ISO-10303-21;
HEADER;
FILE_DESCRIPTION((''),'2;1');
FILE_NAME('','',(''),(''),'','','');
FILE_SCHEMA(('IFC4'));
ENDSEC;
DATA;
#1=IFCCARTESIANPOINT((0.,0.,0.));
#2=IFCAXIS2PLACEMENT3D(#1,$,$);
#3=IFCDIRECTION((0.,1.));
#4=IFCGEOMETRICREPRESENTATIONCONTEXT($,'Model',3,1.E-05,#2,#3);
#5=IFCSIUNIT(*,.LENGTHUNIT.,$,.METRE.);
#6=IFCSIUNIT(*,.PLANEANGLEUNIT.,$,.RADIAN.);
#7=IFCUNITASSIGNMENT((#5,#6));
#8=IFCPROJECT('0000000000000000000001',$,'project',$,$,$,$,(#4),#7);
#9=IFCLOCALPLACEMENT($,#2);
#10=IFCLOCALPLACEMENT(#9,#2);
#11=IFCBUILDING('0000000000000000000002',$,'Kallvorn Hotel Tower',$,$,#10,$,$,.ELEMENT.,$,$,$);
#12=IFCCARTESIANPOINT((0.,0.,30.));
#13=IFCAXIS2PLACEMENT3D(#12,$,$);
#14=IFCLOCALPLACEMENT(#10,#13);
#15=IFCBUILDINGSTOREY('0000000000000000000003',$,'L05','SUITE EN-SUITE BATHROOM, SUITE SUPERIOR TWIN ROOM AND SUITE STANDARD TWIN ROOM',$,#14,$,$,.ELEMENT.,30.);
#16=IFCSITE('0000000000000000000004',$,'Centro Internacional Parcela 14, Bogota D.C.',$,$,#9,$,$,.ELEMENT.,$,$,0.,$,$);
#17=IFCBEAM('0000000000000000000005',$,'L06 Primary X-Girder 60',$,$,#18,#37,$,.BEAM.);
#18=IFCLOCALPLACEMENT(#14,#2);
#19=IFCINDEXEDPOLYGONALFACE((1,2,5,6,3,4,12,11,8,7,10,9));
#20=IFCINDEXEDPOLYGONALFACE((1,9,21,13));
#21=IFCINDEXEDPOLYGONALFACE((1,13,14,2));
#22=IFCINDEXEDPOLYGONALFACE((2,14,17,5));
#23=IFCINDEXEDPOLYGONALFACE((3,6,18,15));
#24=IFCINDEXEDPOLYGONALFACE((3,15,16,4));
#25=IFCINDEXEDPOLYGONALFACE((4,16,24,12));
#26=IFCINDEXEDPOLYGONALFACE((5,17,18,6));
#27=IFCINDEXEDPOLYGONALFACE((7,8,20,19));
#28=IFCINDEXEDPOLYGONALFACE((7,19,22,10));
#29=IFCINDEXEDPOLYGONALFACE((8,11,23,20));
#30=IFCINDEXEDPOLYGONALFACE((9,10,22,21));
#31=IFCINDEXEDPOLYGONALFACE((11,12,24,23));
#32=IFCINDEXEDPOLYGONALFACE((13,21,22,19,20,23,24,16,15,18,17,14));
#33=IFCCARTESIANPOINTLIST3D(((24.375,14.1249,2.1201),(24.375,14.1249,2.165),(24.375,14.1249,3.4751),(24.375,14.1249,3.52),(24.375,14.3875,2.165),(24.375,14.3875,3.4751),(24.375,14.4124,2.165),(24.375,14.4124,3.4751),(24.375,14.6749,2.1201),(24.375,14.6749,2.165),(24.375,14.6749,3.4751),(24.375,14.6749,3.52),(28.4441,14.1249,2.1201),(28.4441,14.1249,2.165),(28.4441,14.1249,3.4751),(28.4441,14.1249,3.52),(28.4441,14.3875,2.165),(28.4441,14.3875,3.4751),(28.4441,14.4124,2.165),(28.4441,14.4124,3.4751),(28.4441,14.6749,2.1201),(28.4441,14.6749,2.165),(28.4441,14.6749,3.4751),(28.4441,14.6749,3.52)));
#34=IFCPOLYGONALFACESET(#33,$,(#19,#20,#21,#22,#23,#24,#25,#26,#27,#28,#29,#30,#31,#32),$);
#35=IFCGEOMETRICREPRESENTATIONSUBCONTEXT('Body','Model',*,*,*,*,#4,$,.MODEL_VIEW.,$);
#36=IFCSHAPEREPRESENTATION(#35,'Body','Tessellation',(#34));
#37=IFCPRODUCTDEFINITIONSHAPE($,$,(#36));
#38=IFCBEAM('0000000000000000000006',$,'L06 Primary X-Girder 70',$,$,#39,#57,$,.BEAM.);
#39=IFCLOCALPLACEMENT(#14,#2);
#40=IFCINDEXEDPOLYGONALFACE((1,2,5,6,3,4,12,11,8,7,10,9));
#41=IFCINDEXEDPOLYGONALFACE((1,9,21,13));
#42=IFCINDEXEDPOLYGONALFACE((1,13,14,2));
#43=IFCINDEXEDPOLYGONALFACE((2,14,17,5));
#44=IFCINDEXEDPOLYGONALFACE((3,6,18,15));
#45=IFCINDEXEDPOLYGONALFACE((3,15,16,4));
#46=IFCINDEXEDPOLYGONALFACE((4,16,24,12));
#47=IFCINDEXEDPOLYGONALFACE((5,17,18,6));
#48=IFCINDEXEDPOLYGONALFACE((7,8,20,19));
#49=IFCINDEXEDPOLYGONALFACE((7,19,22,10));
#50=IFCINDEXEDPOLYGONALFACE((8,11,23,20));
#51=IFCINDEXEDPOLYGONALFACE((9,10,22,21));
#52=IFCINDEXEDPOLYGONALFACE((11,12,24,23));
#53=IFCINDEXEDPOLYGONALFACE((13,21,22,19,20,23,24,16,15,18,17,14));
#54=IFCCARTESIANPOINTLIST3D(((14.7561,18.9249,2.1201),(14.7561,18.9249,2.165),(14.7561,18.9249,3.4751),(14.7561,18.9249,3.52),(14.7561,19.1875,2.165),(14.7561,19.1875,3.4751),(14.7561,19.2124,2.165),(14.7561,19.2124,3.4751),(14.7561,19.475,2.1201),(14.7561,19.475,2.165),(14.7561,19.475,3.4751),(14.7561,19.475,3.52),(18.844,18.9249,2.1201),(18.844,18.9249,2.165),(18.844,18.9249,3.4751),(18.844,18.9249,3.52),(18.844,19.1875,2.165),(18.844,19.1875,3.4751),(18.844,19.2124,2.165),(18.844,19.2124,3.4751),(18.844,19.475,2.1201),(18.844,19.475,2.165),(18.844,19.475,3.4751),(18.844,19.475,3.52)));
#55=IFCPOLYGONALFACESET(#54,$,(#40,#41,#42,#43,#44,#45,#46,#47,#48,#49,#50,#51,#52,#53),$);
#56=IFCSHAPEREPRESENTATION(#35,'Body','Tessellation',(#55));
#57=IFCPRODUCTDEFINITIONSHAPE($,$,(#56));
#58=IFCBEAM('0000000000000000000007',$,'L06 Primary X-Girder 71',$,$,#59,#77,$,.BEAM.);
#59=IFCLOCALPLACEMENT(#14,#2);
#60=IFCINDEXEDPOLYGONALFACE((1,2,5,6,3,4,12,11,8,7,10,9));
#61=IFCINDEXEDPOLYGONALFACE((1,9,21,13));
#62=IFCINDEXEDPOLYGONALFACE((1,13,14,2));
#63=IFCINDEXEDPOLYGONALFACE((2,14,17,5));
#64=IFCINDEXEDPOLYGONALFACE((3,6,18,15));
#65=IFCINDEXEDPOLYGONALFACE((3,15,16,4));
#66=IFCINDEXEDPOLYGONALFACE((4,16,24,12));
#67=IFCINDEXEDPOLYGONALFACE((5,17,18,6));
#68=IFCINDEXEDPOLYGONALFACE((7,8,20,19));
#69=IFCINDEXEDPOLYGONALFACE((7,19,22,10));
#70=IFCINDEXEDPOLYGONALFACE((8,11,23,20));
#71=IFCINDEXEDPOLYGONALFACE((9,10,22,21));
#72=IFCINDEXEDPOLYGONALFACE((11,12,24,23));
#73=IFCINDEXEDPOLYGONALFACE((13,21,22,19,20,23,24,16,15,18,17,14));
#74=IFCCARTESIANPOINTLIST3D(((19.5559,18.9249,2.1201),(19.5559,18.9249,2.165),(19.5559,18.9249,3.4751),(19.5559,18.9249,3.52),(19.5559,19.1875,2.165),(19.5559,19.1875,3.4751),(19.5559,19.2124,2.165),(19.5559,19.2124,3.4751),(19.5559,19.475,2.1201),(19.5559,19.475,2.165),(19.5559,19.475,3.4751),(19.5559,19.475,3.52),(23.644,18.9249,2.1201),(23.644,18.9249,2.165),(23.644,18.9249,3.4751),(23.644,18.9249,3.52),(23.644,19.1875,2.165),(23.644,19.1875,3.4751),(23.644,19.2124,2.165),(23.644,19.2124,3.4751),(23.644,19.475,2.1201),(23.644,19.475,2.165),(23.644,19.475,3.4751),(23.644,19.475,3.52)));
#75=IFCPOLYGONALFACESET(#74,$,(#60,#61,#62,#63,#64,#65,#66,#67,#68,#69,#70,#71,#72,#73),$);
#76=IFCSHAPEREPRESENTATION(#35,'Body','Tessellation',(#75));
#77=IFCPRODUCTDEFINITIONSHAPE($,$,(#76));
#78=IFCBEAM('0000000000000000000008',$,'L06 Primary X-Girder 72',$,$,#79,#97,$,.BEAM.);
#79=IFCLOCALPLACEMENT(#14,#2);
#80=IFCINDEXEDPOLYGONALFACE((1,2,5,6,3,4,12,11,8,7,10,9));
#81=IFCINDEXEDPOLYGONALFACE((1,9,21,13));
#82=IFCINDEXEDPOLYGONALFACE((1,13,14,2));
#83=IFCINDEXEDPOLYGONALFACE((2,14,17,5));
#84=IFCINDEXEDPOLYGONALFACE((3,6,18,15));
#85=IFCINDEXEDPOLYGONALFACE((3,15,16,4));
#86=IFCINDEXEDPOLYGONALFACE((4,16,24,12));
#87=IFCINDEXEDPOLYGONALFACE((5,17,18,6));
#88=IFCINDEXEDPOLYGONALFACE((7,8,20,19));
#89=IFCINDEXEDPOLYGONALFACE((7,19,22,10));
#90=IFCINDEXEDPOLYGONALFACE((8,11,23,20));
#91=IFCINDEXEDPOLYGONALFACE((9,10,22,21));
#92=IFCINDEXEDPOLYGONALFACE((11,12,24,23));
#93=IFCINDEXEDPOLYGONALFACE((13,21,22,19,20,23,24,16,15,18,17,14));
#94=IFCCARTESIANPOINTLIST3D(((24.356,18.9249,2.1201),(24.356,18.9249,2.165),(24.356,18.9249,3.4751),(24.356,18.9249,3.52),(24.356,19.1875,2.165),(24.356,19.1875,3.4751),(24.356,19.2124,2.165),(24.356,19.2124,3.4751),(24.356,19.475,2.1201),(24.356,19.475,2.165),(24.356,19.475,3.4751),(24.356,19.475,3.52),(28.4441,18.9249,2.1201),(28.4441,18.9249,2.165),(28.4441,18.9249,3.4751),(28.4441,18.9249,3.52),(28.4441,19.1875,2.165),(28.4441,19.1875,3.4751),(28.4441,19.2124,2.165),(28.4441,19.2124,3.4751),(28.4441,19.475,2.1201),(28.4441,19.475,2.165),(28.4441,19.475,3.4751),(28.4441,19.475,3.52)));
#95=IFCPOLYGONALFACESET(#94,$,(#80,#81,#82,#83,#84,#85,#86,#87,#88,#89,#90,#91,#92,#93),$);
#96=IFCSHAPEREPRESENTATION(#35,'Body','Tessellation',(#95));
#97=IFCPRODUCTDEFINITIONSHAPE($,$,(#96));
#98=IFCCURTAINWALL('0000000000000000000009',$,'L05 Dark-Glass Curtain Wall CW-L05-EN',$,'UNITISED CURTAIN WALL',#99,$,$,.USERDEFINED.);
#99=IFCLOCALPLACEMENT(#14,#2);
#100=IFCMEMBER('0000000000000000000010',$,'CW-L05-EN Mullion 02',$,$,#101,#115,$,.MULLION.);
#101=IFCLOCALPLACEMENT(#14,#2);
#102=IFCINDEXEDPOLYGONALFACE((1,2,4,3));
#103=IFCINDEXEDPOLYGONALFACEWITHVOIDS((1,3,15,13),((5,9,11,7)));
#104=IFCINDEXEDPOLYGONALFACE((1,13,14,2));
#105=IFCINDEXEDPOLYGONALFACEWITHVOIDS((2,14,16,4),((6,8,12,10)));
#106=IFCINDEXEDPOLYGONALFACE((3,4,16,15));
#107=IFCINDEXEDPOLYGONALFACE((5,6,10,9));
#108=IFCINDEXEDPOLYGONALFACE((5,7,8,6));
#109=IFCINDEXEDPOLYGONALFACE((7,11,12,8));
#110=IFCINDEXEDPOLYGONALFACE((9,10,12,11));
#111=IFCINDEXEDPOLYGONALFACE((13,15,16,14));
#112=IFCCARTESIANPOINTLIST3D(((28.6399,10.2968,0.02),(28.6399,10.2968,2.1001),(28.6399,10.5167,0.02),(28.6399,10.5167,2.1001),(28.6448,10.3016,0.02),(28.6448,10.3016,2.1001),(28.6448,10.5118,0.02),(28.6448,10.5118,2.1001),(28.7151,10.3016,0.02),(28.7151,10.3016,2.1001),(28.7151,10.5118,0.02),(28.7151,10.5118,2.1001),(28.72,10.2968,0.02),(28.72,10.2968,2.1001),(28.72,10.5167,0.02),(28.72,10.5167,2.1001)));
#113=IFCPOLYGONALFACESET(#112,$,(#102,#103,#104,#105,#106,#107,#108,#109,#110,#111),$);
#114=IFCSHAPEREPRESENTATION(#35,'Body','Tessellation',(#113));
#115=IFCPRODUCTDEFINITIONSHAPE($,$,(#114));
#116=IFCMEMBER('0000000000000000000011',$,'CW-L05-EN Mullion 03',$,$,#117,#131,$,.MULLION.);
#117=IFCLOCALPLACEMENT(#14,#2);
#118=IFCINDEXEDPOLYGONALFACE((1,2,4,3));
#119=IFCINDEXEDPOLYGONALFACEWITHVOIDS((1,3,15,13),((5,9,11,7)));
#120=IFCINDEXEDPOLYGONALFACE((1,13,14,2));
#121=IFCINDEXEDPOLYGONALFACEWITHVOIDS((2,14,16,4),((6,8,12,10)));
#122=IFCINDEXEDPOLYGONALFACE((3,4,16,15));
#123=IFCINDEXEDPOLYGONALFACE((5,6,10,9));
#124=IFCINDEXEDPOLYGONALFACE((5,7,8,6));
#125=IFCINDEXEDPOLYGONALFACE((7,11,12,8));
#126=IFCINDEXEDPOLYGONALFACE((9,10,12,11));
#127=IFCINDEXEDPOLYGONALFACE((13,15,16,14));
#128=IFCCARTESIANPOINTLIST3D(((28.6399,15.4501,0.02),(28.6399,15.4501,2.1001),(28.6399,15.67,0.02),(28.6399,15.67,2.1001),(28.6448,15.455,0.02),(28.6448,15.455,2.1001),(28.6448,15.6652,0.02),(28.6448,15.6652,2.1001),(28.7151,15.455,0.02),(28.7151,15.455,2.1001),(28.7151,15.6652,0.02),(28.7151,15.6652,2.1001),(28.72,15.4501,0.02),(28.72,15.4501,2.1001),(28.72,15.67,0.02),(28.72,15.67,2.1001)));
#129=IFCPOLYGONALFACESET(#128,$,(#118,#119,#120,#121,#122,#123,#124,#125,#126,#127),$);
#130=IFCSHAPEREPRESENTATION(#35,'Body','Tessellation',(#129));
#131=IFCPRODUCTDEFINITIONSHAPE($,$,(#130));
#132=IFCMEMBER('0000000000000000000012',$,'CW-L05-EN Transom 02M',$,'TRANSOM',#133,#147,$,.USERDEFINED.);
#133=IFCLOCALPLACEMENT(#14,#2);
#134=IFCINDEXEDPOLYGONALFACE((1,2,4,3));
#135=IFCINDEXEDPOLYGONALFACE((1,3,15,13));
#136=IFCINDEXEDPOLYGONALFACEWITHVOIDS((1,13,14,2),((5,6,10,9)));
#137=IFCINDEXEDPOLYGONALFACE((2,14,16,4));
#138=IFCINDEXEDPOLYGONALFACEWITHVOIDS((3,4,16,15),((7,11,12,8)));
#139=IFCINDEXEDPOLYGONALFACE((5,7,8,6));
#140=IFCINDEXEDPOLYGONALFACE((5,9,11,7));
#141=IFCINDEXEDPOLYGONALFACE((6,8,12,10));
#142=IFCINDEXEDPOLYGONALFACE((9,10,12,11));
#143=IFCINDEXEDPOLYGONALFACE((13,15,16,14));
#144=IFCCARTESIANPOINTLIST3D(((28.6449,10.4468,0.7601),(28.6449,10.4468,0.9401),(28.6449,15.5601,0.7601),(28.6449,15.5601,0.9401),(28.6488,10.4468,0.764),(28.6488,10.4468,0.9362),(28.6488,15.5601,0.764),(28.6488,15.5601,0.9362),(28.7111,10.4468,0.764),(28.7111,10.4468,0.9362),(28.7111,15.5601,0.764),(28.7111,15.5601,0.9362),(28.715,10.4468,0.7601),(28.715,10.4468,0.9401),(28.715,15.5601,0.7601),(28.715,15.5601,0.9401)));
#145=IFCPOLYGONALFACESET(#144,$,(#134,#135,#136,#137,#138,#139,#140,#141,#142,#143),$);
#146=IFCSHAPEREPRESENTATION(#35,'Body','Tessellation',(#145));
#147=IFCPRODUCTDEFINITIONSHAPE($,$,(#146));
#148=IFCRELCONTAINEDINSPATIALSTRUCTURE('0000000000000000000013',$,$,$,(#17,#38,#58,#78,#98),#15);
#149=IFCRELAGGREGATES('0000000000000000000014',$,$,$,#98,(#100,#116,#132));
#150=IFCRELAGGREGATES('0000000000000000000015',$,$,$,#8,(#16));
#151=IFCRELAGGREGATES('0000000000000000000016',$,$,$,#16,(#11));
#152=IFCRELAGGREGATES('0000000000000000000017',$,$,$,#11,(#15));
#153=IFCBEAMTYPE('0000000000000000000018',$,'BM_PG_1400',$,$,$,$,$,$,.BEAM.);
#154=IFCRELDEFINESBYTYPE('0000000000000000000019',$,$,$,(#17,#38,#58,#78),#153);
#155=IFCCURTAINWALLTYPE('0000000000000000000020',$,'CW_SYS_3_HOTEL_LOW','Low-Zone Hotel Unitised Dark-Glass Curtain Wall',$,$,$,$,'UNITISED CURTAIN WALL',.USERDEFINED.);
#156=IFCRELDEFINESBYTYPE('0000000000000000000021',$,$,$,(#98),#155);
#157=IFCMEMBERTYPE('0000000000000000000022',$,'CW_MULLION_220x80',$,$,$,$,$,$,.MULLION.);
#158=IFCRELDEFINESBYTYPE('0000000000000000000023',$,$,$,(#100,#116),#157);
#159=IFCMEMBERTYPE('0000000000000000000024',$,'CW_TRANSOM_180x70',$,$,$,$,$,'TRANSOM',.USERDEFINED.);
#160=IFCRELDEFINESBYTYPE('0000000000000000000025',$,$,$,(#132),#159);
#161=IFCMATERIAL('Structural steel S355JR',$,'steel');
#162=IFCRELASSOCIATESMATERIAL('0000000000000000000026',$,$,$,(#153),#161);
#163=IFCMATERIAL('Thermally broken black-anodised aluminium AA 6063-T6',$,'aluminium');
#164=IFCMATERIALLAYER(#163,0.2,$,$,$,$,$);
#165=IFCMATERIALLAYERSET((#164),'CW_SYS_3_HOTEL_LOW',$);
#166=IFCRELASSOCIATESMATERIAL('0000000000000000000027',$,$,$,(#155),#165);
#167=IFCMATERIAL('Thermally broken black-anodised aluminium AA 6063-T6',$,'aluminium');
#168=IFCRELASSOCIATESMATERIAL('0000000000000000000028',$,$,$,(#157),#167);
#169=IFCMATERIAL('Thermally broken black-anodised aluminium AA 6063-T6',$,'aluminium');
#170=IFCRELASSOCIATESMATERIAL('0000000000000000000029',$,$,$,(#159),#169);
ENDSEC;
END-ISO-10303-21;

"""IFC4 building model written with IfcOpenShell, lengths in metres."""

from ifc_helpers import new_model, si_unit, direction, frame, origin, origin_2d, place, context, subcontext, project, spatial, hollow_rectangle, i_section, extrude, material, layer, layer_set, material_profile, profile_set, type_object, element, aggregate, save


model = new_model("IFC4")

# Units and contexts
model_context = context("Model", 3, precision=1e-05, world=origin(), true_north=direction((0.0, 1.0)))
body_context = subcontext(model_context, "Body", "Model", "MODEL_VIEW")
ifc_project = project(units=[si_unit("LENGTHUNIT", "METRE"), si_unit("PLANEANGLEUNIT", "RADIAN")], contexts=[model_context])

# Site, building, storey
site_placement = place(None, origin())
site = spatial("IfcSite", under=ifc_project, at=site_placement, Name="Centro Internacional Parcela 14, Bogota D.C.", CompositionType="ELEMENT", RefElevation=0.0)
building_placement = place(site_placement, origin())
building = spatial("IfcBuilding", under=site, at=building_placement, Name="Kallvorn Hotel Tower", CompositionType="ELEMENT")
storey_placement = place(building_placement, frame((0.0, 0.0, 30.0)))
storey = spatial("IfcBuildingStorey", under=building, at=storey_placement, Name="L05", Description="SUITE EN-SUITE BATHROOM, SUITE SUPERIOR TWIN ROOM AND SUITE STANDARD TWIN ROOM", CompositionType="ELEMENT", Elevation=30.0)

# Beams
ifc_material_1 = material(Name="Structural steel S355JR", Category="steel")
ifc_material_profile_1 = material_profile(ifc_material_1, i_section(OverallWidth=0.55, OverallDepth=1.3999, WebThickness=0.0249, FlangeThickness=0.0449, at=origin_2d()), Name="PG 1400x550x25x45")
ifc_profile_set_1 = profile_set([ifc_material_profile_1], Name="Structural steel S355JR")
beam_type_1 = type_object("IfcBeamType", Name="BM_PG_1400", PredefinedType="BEAM", material=ifc_profile_set_1)
for number, where, z_axis, x_axis, name in (
    (1, (24.375, 14.3999, 2.8201), (1.0, 0.0, 0.0), (0.0, 1.0, 0.0), "L06 Primary X-Girder 60"),
):
    element("IfcBeam", number, at=place(storey_placement, frame(where, z_axis=z_axis, x_axis=x_axis)), inside=storey, type_object=beam_type_1, Name=name, PredefinedType="BEAM", context=body_context, shape_type="SweptSolid", body=[
        extrude(i_section(OverallWidth=0.55, OverallDepth=1.3999, WebThickness=0.0249, FlangeThickness=0.0449, at=origin_2d()), origin(), (0.0, 0.0, 1.0), 4.0691),
    ])
beam_1_placement = place(storey_placement, frame((14.7561, 19.2, 2.8201), z_axis=(1.0, 0.0, 0.0), x_axis=(0.0, 1.0, 0.0)))
element("IfcBeam", 2, at=beam_1_placement, inside=storey, type_object=beam_type_1, Name="L06 Primary X-Girder 70", PredefinedType="BEAM", context=body_context, shape_type="SweptSolid", body=[
    extrude(i_section(OverallWidth=0.55, OverallDepth=1.3999, WebThickness=0.0249, FlangeThickness=0.0449, at=origin_2d()), origin(), (0.0, 0.0, 1.0), 4.0879),
])
for number, where, z_axis, x_axis, name in (
    (3, (19.5559, 19.2, 2.8201), (1.0, 0.0, 0.0), (0.0, 1.0, 0.0), "L06 Primary X-Girder 71"),
    (4, (24.356, 19.2, 2.8201), (1.0, 0.0, 0.0), (0.0, 1.0, 0.0), "L06 Primary X-Girder 72"),
):
    element("IfcBeam", number, at=place(storey_placement, frame(where, z_axis=z_axis, x_axis=x_axis)), inside=storey, type_object=beam_type_1, Name=name, PredefinedType="BEAM", context=body_context, shape_type="SweptSolid", body=[
        extrude(i_section(OverallWidth=0.55, OverallDepth=1.3999, WebThickness=0.0249, FlangeThickness=0.0449, at=origin_2d()), origin(), (0.0, 0.0, 1.0), 4.0881),
    ])

# Curtain wall, members
ifc_material_2 = material(Name="Thermally broken black-anodised aluminium AA 6063-T6", Category="aluminium")
ifc_layer_1 = layer(ifc_material_2, 0.2)
ifc_layer_set_1 = layer_set([ifc_layer_1], Name="CW_SYS_3_HOTEL_LOW")
curtain_wall_type = type_object("IfcCurtainWallType", Name="CW_SYS_3_HOTEL_LOW", Description="Low-Zone Hotel Unitised Dark-Glass Curtain Wall", ElementType="UNITISED CURTAIN WALL", PredefinedType="USERDEFINED", material=ifc_layer_set_1)
curtain_wall_placement = place(storey_placement, origin())
curtain_wall = element("IfcCurtainWall", 5, at=curtain_wall_placement, inside=storey, type_object=curtain_wall_type, Name="L05 Dark-Glass Curtain Wall CW-L05-EN", ObjectType="UNITISED CURTAIN WALL", PredefinedType="USERDEFINED")
ifc_material_3 = material(Name="Thermally broken black-anodised aluminium AA 6063-T6", Category="aluminium")
ifc_material_profile_2 = material_profile(ifc_material_3, hollow_rectangle(XDim=0.0801, YDim=0.22, WallThickness=0.0049, at=origin_2d()), Name="MUL 220x80")
ifc_profile_set_2 = profile_set([ifc_material_profile_2], Name="Thermally broken black-anodised aluminium AA 6063-T6")
member_type_1 = type_object("IfcMemberType", Name="CW_MULLION_220x80", PredefinedType="MULLION", material=ifc_profile_set_2)
member_1_placement = place(storey_placement, frame((28.6799, 10.4067, 0.02), z_axis=(0.0, 0.0, 1.0), x_axis=(1.0, 0.0, 0.0)))
member_1 = element("IfcMember", 6, at=member_1_placement, type_object=member_type_1, Name="CW-L05-EN Mullion 02", PredefinedType="MULLION", context=body_context, shape_type="SweptSolid", body=[
    extrude(hollow_rectangle(XDim=0.0801, YDim=0.22, WallThickness=0.0049, at=origin_2d()), origin(), (0.0, 0.0, 1.0), 2.0801),
])
member_2_placement = place(storey_placement, frame((28.6799, 15.5601, 0.02), z_axis=(0.0, 0.0, 1.0), x_axis=(1.0, 0.0, 0.0)))
member_2 = element("IfcMember", 7, at=member_2_placement, type_object=member_type_1, Name="CW-L05-EN Mullion 03", PredefinedType="MULLION", context=body_context, shape_type="SweptSolid", body=[
    extrude(hollow_rectangle(XDim=0.0801, YDim=0.22, WallThickness=0.0049, at=origin_2d()), origin(), (0.0, 0.0, 1.0), 2.0801),
])
ifc_material_4 = material(Name="Thermally broken black-anodised aluminium AA 6063-T6", Category="aluminium")
ifc_material_profile_3 = material_profile(ifc_material_4, hollow_rectangle(XDim=0.0701, YDim=0.1799, WallThickness=0.0039, at=origin_2d()), Name="TRN 180x70")
ifc_profile_set_3 = profile_set([ifc_material_profile_3], Name="Thermally broken black-anodised aluminium AA 6063-T6")
member_type_2 = type_object("IfcMemberType", Name="CW_TRANSOM_180x70", ElementType="TRANSOM", PredefinedType="USERDEFINED", material=ifc_profile_set_3)
member_3_placement = place(storey_placement, frame((28.6799, 10.4468, 0.8501), z_axis=(0.0, 1.0, 0.0), x_axis=(-1.0, 0.0, 0.0)))
member_3 = element("IfcMember", 8, at=member_3_placement, type_object=member_type_2, Name="CW-L05-EN Transom 02M", ObjectType="TRANSOM", PredefinedType="USERDEFINED", context=body_context, shape_type="SweptSolid", body=[
    extrude(hollow_rectangle(XDim=0.0701, YDim=0.1799, WallThickness=0.0039, at=origin_2d()), origin(), (0.0, 0.0, 1.0), 5.1133),
])

aggregate(curtain_wall, [member_1, member_2, member_3])

save(model, "model.ifc")
